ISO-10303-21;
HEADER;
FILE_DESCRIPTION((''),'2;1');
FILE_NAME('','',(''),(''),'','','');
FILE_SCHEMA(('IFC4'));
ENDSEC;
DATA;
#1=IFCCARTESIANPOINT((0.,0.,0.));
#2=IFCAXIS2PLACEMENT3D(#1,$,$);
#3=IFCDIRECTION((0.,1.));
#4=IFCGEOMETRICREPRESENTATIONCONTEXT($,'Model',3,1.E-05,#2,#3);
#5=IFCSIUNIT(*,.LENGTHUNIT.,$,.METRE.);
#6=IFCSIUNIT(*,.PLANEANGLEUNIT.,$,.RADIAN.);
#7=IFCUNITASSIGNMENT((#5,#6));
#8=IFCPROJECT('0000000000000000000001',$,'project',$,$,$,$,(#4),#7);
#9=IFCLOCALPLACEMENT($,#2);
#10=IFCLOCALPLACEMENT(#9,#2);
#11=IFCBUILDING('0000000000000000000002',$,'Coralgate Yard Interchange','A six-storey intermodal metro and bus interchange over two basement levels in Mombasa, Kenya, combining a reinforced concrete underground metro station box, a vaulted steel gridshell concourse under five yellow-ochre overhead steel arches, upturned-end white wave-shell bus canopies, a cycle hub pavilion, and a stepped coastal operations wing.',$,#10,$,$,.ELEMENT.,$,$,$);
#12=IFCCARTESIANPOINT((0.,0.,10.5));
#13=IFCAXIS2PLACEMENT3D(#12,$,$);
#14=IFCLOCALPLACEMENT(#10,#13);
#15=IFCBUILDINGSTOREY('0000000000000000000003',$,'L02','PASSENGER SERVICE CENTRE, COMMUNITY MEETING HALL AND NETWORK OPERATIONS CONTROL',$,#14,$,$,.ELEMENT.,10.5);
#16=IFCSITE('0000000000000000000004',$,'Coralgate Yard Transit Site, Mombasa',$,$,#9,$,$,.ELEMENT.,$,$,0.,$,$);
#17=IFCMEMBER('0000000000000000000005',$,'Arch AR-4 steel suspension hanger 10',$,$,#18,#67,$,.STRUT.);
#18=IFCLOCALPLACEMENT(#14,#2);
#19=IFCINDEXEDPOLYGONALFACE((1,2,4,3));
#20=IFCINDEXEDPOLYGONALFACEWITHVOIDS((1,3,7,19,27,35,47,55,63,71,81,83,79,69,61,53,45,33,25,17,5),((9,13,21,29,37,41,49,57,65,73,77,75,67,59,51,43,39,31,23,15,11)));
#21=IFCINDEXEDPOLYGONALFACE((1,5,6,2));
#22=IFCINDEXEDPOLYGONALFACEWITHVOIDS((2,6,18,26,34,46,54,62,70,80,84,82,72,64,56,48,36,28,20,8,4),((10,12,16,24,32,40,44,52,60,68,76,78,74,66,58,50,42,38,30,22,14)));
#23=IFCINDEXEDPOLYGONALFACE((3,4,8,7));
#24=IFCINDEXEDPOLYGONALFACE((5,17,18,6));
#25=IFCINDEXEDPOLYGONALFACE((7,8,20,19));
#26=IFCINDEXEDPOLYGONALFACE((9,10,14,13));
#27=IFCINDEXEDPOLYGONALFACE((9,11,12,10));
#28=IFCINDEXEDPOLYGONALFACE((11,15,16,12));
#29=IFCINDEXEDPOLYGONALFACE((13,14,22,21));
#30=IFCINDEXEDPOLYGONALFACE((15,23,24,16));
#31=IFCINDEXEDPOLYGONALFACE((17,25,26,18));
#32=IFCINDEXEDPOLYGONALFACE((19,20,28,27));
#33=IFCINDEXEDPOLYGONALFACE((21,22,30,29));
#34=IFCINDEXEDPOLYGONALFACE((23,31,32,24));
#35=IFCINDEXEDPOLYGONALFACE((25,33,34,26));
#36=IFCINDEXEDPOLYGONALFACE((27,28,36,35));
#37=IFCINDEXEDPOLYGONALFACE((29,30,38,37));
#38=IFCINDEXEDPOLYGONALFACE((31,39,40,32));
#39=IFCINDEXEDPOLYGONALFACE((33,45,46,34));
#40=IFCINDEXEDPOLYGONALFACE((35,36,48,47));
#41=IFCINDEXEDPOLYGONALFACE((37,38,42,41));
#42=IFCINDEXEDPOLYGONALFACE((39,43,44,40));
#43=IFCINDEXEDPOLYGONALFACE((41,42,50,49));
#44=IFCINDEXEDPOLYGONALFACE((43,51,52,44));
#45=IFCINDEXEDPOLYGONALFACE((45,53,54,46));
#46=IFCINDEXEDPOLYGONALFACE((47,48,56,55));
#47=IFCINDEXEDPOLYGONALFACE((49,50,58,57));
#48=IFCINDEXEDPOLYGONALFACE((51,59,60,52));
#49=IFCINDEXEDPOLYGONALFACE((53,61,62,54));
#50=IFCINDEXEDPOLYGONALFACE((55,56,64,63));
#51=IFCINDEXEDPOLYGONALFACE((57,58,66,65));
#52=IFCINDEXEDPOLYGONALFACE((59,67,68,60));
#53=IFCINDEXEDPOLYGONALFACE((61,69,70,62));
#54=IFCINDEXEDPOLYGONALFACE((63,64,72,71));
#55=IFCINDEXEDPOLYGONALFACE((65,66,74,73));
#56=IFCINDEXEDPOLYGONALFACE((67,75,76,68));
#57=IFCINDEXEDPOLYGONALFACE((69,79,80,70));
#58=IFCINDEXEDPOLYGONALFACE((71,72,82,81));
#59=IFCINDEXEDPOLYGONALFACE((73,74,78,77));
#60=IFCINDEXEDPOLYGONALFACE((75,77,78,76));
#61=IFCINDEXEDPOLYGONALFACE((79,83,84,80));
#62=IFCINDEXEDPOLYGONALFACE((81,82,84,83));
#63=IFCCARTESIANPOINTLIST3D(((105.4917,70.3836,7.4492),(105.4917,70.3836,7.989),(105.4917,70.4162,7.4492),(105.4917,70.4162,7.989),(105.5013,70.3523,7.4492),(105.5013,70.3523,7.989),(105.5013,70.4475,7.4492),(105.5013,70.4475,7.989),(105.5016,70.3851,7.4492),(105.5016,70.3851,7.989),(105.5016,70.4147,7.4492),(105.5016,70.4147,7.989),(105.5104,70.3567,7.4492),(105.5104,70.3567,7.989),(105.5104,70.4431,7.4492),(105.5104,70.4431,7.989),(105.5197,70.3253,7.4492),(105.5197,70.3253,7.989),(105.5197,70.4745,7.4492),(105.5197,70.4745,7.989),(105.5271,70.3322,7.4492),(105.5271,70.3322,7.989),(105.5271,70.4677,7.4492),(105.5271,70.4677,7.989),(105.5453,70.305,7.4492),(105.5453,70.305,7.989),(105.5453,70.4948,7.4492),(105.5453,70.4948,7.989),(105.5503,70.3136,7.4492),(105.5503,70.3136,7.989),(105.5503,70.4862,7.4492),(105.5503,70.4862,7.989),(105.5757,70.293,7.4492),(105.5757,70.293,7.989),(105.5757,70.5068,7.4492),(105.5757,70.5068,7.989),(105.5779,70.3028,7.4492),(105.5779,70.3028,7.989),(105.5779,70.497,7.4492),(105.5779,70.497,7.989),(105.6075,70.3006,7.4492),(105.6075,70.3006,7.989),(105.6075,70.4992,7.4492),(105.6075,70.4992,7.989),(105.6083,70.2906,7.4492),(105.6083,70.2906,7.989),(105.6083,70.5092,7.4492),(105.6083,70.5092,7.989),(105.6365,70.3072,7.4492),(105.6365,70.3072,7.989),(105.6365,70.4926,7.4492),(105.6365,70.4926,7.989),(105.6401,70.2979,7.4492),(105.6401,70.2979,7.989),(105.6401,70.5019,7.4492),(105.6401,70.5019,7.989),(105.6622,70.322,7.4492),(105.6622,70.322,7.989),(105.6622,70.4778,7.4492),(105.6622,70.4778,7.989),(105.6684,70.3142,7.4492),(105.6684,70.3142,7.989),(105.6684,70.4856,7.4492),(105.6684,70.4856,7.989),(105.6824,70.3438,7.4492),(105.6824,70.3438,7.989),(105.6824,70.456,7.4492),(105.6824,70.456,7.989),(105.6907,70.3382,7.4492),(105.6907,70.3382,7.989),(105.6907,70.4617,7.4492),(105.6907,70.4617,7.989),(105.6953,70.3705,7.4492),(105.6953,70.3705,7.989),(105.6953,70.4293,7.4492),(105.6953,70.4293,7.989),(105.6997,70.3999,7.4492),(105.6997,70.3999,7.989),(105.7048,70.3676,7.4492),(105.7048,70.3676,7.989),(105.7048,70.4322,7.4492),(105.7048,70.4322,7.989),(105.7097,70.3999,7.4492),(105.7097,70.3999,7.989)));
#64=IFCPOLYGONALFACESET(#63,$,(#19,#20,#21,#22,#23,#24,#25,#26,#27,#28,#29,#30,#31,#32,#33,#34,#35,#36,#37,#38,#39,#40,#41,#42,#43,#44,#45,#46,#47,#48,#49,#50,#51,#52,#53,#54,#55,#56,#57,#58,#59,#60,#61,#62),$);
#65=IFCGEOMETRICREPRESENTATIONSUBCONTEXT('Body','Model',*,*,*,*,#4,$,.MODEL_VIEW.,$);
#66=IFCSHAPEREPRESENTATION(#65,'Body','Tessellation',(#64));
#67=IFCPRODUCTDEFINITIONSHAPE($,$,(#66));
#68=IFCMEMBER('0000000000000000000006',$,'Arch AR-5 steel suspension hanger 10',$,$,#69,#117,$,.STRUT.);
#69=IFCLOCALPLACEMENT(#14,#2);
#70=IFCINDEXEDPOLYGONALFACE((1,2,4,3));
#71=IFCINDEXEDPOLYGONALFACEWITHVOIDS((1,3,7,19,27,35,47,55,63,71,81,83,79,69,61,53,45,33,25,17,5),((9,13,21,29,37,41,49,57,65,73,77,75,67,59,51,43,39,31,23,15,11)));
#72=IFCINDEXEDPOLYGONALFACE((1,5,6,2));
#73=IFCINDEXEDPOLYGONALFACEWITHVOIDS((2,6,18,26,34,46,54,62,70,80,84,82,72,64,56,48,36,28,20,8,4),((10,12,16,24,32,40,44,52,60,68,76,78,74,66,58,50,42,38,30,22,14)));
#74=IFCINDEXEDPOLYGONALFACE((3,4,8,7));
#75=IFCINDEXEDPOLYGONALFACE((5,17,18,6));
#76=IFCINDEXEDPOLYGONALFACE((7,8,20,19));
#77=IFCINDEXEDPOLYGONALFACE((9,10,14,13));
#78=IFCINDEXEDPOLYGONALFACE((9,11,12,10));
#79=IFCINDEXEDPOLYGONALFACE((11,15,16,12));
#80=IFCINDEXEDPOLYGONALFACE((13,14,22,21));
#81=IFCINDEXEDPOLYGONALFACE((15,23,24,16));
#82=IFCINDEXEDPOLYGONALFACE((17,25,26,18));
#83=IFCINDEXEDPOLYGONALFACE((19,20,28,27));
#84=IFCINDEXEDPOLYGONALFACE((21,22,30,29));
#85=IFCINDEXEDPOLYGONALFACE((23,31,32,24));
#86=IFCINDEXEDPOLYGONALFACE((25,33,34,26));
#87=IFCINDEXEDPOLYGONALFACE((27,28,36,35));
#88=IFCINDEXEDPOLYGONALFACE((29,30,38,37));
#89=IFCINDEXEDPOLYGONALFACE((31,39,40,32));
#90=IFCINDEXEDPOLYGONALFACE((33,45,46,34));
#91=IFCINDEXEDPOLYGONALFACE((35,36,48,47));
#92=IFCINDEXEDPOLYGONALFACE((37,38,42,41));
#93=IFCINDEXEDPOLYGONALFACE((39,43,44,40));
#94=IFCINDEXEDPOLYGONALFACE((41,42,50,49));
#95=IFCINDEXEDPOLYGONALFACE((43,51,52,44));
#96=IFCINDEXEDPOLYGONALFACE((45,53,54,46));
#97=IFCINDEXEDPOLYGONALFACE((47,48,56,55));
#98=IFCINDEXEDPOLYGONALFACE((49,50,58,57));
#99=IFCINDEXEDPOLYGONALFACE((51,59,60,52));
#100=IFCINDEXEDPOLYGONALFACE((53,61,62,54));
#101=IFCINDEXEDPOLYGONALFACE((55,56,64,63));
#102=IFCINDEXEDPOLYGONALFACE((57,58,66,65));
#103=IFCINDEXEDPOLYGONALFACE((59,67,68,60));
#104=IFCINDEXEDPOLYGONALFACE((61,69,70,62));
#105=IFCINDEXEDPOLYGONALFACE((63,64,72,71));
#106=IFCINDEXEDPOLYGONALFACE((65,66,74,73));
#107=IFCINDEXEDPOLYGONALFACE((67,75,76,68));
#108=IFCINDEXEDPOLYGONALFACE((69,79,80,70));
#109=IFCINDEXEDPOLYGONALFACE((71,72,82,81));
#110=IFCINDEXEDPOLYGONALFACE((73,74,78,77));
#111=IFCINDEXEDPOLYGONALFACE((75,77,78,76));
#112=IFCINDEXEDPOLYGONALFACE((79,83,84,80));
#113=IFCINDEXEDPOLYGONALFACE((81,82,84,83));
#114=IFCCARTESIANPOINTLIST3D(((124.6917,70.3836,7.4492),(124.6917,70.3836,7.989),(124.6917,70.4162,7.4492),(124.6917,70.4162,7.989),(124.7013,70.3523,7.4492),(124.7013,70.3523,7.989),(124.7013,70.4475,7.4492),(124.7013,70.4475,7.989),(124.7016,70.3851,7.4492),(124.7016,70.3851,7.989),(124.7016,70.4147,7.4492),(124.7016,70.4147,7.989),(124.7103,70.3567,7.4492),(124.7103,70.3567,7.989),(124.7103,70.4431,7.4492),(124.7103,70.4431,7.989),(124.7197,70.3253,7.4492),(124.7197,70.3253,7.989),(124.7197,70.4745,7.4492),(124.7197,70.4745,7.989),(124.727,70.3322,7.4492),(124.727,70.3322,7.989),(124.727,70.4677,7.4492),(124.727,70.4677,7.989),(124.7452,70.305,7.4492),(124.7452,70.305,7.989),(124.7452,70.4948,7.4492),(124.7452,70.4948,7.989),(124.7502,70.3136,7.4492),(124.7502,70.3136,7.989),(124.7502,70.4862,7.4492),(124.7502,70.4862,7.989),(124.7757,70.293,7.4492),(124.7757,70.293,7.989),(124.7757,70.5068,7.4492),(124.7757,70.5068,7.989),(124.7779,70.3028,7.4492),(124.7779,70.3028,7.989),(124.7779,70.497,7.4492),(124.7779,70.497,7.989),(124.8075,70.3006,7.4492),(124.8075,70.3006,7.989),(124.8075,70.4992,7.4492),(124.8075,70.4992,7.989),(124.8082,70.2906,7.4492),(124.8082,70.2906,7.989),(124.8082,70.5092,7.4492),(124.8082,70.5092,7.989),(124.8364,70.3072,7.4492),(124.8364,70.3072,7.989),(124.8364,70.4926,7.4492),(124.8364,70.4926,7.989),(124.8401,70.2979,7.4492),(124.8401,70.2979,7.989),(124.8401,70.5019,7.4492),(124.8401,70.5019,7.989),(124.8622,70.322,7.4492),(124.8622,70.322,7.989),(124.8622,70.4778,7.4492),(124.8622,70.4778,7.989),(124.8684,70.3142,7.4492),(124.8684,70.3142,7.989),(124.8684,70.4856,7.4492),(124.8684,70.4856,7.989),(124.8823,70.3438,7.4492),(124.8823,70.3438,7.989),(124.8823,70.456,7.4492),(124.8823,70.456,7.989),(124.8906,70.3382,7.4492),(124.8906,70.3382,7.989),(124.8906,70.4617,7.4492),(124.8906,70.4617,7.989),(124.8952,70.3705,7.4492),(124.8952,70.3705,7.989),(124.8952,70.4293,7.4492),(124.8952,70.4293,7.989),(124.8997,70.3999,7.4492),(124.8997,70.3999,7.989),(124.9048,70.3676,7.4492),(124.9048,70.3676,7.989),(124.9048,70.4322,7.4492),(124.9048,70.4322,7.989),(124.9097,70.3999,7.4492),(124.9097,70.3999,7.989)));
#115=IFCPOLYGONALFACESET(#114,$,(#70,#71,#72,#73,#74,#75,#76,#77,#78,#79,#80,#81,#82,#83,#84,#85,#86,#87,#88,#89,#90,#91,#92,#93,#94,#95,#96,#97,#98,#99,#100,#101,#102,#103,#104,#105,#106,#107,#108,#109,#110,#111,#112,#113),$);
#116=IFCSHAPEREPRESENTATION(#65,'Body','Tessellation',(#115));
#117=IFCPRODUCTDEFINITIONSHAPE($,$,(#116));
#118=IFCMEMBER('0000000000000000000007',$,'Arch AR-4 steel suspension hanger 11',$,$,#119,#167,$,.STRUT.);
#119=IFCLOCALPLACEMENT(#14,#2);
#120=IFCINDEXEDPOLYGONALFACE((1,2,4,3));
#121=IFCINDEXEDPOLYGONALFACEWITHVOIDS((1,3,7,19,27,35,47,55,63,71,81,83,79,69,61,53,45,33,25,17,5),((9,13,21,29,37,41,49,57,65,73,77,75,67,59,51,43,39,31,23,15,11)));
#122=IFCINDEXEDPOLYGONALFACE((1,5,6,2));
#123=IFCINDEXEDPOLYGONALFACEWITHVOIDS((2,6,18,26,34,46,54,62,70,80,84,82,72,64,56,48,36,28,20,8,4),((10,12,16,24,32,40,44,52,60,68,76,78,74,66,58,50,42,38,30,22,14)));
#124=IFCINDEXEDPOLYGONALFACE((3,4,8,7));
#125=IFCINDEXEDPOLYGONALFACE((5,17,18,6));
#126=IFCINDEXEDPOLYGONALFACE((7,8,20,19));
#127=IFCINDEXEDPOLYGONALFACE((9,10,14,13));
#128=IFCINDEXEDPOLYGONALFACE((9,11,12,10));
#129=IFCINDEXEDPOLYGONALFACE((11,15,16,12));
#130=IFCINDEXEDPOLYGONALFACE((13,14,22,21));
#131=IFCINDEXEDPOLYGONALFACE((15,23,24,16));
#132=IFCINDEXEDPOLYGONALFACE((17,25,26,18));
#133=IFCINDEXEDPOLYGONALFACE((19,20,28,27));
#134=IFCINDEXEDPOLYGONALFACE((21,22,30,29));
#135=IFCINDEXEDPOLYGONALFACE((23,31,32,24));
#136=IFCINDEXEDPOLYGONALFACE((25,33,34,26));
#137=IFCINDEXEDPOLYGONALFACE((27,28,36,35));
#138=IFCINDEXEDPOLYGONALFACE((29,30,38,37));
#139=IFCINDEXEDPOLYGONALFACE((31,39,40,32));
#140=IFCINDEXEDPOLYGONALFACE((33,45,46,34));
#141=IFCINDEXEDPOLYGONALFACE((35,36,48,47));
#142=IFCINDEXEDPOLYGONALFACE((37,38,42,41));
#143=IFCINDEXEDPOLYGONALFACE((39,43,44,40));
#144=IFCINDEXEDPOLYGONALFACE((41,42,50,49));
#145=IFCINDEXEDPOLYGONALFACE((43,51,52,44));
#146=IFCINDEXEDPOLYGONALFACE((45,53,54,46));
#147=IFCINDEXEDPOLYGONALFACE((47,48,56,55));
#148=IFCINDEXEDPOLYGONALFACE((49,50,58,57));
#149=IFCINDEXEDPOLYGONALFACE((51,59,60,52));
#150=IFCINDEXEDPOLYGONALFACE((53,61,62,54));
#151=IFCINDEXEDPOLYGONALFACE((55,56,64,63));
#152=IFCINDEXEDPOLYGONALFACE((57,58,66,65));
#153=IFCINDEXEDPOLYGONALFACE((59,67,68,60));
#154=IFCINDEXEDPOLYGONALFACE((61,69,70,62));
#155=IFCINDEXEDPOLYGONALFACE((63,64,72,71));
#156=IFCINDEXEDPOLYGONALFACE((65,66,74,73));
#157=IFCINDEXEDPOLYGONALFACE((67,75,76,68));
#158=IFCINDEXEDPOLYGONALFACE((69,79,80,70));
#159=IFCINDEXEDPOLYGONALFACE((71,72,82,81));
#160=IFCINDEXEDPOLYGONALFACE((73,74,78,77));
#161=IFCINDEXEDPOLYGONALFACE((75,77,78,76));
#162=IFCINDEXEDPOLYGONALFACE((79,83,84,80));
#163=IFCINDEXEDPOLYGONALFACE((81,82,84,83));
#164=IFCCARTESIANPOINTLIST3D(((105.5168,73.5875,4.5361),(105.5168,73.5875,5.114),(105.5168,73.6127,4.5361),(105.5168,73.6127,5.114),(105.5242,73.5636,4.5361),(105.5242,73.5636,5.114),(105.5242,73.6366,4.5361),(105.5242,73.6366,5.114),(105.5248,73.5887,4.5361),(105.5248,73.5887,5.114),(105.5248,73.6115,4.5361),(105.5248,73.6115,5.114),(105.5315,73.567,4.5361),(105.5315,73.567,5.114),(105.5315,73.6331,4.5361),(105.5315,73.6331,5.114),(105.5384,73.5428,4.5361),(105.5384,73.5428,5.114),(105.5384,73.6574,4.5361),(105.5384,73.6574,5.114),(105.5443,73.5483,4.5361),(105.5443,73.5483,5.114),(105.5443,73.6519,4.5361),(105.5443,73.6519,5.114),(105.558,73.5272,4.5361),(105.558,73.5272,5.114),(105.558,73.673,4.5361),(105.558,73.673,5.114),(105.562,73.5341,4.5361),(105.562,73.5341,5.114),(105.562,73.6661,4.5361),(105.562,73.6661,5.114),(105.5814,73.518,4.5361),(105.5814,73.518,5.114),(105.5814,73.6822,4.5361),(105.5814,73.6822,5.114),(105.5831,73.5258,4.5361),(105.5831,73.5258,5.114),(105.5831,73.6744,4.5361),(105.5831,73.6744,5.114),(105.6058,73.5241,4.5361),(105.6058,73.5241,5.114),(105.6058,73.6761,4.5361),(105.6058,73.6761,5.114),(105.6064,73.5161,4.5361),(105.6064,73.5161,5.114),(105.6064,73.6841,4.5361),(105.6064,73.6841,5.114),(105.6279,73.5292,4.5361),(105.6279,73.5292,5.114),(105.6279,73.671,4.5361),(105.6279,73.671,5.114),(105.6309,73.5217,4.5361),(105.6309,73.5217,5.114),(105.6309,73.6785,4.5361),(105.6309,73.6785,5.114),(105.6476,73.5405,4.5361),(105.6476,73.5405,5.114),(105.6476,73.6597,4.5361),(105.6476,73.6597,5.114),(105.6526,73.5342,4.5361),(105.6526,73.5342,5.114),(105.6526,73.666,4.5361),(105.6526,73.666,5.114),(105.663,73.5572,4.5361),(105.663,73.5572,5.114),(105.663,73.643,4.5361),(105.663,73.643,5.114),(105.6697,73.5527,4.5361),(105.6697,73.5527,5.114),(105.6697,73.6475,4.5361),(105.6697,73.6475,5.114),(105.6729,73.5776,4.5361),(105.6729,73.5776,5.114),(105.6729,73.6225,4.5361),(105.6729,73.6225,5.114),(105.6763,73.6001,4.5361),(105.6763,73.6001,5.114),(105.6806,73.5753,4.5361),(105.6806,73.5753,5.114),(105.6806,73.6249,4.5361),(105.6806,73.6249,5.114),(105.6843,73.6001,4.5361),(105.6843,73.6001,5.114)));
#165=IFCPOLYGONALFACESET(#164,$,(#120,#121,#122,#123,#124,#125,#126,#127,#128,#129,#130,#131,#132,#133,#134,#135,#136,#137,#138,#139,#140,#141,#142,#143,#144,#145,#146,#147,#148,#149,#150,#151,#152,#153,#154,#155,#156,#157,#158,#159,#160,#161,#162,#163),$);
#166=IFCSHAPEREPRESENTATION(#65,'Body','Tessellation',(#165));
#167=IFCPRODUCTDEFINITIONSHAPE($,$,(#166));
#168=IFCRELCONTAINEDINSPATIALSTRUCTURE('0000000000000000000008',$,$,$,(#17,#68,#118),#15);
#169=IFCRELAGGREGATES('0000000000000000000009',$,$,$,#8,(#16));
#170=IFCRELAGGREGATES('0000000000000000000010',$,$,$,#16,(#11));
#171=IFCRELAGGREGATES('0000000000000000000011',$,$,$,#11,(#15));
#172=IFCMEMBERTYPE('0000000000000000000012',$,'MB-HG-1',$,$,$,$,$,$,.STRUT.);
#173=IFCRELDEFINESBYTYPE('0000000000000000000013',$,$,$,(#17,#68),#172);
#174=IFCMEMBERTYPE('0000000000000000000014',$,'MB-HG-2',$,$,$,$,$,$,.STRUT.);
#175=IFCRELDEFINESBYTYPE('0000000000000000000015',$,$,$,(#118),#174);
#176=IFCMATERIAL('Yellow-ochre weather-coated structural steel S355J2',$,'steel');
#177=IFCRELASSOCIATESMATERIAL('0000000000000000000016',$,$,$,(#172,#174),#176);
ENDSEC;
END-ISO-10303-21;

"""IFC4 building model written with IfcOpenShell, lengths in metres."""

from ifc_helpers import new_model, si_unit, direction, frame, origin, origin_2d, place, context, subcontext, project, spatial, hollow_circle, extrude, material, material_profile, profile_set, type_object, element, save


model = new_model("IFC4")

# Units and contexts
model_context = context("Model", 3, precision=1e-05, world=origin(), true_north=direction((0.0, 1.0)))
body_context = subcontext(model_context, "Body", "Model", "MODEL_VIEW")
ifc_project = project(units=[si_unit("LENGTHUNIT", "METRE"), si_unit("PLANEANGLEUNIT", "RADIAN")], contexts=[model_context])

# Site, building, storey
site_placement = place(None, origin())
site = spatial("IfcSite", under=ifc_project, at=site_placement, Name="Coralgate Yard Transit Site, Mombasa", CompositionType="ELEMENT", RefElevation=0.0)
building_placement = place(site_placement, origin())
building = spatial("IfcBuilding", under=site, at=building_placement, Name="Coralgate Yard Interchange", Description="A six-storey intermodal metro and bus interchange over two basement levels in Mombasa, Kenya, combining a reinforced concrete underground metro station box, a vaulted steel gridshell concourse under five yellow-ochre overhead steel arches, upturned-end white wave-shell bus canopies, a cycle hub pavilion, and a stepped coastal operations wing.", CompositionType="ELEMENT")
storey_placement = place(building_placement, frame((0.0, 0.0, 10.5)))
storey = spatial("IfcBuildingStorey", under=building, at=storey_placement, Name="L02", Description="PASSENGER SERVICE CENTRE, COMMUNITY MEETING HALL AND NETWORK OPERATIONS CONTROL", CompositionType="ELEMENT", Elevation=10.5)

# Shared definitions
ifc_material_1 = material(Name="Yellow-ochre weather-coated structural steel S355J2", Category="steel")

# Members
ifc_material_profile_1 = material_profile(ifc_material_1, hollow_circle(Radius=0.1096, WallThickness=0.01, at=origin_2d()), Name="CHS 219.1x10")
ifc_profile_set_1 = profile_set([ifc_material_profile_1], Name="Yellow-ochre weather-coated structural steel S355J2")
member_type_1 = type_object("IfcMemberType", Name="MB-HG-1", PredefinedType="STRUT", material=ifc_profile_set_1)
for number, where, z_axis, x_axis, name in (
    (1, (105.6001, 70.3999, 7.4492), (0.0, 0.0, 1.0), (1.0, 0.0, 0.0), "Arch AR-4 steel suspension hanger 10"),
    (2, (124.8, 70.3999, 7.4492), (0.0, 0.0, 1.0), (1.0, 0.0, 0.0), "Arch AR-5 steel suspension hanger 10"),
):
    element("IfcMember", number, at=place(storey_placement, frame(where, z_axis=z_axis, x_axis=x_axis)), inside=storey, type_object=member_type_1, Name=name, PredefinedType="STRUT", context=body_context, shape_type="SweptSolid", body=[
        extrude(hollow_circle(Radius=0.1096, WallThickness=0.01, at=origin_2d()), origin(), (0.0, 0.0, 1.0), 0.5398),
    ])
ifc_material_profile_2 = material_profile(ifc_material_1, hollow_circle(Radius=0.0842, WallThickness=0.0081, at=origin_2d()), Name="CHS 168.3x8")
ifc_profile_set_2 = profile_set([ifc_material_profile_2], Name="Yellow-ochre weather-coated structural steel S355J2")
member_type_2 = type_object("IfcMemberType", Name="MB-HG-2", PredefinedType="STRUT", material=ifc_profile_set_2)
member_1_placement = place(storey_placement, frame((105.6001, 73.6001, 4.5361), z_axis=(0.0, 0.0, 1.0), x_axis=(1.0, 0.0, 0.0)))
element("IfcMember", 3, at=member_1_placement, inside=storey, type_object=member_type_2, Name="Arch AR-4 steel suspension hanger 11", PredefinedType="STRUT", context=body_context, shape_type="SweptSolid", body=[
    extrude(hollow_circle(Radius=0.0842, WallThickness=0.0081, at=origin_2d()), origin(), (0.0, 0.0, 1.0), 0.5779),
])

save(model, "model.ifc")
